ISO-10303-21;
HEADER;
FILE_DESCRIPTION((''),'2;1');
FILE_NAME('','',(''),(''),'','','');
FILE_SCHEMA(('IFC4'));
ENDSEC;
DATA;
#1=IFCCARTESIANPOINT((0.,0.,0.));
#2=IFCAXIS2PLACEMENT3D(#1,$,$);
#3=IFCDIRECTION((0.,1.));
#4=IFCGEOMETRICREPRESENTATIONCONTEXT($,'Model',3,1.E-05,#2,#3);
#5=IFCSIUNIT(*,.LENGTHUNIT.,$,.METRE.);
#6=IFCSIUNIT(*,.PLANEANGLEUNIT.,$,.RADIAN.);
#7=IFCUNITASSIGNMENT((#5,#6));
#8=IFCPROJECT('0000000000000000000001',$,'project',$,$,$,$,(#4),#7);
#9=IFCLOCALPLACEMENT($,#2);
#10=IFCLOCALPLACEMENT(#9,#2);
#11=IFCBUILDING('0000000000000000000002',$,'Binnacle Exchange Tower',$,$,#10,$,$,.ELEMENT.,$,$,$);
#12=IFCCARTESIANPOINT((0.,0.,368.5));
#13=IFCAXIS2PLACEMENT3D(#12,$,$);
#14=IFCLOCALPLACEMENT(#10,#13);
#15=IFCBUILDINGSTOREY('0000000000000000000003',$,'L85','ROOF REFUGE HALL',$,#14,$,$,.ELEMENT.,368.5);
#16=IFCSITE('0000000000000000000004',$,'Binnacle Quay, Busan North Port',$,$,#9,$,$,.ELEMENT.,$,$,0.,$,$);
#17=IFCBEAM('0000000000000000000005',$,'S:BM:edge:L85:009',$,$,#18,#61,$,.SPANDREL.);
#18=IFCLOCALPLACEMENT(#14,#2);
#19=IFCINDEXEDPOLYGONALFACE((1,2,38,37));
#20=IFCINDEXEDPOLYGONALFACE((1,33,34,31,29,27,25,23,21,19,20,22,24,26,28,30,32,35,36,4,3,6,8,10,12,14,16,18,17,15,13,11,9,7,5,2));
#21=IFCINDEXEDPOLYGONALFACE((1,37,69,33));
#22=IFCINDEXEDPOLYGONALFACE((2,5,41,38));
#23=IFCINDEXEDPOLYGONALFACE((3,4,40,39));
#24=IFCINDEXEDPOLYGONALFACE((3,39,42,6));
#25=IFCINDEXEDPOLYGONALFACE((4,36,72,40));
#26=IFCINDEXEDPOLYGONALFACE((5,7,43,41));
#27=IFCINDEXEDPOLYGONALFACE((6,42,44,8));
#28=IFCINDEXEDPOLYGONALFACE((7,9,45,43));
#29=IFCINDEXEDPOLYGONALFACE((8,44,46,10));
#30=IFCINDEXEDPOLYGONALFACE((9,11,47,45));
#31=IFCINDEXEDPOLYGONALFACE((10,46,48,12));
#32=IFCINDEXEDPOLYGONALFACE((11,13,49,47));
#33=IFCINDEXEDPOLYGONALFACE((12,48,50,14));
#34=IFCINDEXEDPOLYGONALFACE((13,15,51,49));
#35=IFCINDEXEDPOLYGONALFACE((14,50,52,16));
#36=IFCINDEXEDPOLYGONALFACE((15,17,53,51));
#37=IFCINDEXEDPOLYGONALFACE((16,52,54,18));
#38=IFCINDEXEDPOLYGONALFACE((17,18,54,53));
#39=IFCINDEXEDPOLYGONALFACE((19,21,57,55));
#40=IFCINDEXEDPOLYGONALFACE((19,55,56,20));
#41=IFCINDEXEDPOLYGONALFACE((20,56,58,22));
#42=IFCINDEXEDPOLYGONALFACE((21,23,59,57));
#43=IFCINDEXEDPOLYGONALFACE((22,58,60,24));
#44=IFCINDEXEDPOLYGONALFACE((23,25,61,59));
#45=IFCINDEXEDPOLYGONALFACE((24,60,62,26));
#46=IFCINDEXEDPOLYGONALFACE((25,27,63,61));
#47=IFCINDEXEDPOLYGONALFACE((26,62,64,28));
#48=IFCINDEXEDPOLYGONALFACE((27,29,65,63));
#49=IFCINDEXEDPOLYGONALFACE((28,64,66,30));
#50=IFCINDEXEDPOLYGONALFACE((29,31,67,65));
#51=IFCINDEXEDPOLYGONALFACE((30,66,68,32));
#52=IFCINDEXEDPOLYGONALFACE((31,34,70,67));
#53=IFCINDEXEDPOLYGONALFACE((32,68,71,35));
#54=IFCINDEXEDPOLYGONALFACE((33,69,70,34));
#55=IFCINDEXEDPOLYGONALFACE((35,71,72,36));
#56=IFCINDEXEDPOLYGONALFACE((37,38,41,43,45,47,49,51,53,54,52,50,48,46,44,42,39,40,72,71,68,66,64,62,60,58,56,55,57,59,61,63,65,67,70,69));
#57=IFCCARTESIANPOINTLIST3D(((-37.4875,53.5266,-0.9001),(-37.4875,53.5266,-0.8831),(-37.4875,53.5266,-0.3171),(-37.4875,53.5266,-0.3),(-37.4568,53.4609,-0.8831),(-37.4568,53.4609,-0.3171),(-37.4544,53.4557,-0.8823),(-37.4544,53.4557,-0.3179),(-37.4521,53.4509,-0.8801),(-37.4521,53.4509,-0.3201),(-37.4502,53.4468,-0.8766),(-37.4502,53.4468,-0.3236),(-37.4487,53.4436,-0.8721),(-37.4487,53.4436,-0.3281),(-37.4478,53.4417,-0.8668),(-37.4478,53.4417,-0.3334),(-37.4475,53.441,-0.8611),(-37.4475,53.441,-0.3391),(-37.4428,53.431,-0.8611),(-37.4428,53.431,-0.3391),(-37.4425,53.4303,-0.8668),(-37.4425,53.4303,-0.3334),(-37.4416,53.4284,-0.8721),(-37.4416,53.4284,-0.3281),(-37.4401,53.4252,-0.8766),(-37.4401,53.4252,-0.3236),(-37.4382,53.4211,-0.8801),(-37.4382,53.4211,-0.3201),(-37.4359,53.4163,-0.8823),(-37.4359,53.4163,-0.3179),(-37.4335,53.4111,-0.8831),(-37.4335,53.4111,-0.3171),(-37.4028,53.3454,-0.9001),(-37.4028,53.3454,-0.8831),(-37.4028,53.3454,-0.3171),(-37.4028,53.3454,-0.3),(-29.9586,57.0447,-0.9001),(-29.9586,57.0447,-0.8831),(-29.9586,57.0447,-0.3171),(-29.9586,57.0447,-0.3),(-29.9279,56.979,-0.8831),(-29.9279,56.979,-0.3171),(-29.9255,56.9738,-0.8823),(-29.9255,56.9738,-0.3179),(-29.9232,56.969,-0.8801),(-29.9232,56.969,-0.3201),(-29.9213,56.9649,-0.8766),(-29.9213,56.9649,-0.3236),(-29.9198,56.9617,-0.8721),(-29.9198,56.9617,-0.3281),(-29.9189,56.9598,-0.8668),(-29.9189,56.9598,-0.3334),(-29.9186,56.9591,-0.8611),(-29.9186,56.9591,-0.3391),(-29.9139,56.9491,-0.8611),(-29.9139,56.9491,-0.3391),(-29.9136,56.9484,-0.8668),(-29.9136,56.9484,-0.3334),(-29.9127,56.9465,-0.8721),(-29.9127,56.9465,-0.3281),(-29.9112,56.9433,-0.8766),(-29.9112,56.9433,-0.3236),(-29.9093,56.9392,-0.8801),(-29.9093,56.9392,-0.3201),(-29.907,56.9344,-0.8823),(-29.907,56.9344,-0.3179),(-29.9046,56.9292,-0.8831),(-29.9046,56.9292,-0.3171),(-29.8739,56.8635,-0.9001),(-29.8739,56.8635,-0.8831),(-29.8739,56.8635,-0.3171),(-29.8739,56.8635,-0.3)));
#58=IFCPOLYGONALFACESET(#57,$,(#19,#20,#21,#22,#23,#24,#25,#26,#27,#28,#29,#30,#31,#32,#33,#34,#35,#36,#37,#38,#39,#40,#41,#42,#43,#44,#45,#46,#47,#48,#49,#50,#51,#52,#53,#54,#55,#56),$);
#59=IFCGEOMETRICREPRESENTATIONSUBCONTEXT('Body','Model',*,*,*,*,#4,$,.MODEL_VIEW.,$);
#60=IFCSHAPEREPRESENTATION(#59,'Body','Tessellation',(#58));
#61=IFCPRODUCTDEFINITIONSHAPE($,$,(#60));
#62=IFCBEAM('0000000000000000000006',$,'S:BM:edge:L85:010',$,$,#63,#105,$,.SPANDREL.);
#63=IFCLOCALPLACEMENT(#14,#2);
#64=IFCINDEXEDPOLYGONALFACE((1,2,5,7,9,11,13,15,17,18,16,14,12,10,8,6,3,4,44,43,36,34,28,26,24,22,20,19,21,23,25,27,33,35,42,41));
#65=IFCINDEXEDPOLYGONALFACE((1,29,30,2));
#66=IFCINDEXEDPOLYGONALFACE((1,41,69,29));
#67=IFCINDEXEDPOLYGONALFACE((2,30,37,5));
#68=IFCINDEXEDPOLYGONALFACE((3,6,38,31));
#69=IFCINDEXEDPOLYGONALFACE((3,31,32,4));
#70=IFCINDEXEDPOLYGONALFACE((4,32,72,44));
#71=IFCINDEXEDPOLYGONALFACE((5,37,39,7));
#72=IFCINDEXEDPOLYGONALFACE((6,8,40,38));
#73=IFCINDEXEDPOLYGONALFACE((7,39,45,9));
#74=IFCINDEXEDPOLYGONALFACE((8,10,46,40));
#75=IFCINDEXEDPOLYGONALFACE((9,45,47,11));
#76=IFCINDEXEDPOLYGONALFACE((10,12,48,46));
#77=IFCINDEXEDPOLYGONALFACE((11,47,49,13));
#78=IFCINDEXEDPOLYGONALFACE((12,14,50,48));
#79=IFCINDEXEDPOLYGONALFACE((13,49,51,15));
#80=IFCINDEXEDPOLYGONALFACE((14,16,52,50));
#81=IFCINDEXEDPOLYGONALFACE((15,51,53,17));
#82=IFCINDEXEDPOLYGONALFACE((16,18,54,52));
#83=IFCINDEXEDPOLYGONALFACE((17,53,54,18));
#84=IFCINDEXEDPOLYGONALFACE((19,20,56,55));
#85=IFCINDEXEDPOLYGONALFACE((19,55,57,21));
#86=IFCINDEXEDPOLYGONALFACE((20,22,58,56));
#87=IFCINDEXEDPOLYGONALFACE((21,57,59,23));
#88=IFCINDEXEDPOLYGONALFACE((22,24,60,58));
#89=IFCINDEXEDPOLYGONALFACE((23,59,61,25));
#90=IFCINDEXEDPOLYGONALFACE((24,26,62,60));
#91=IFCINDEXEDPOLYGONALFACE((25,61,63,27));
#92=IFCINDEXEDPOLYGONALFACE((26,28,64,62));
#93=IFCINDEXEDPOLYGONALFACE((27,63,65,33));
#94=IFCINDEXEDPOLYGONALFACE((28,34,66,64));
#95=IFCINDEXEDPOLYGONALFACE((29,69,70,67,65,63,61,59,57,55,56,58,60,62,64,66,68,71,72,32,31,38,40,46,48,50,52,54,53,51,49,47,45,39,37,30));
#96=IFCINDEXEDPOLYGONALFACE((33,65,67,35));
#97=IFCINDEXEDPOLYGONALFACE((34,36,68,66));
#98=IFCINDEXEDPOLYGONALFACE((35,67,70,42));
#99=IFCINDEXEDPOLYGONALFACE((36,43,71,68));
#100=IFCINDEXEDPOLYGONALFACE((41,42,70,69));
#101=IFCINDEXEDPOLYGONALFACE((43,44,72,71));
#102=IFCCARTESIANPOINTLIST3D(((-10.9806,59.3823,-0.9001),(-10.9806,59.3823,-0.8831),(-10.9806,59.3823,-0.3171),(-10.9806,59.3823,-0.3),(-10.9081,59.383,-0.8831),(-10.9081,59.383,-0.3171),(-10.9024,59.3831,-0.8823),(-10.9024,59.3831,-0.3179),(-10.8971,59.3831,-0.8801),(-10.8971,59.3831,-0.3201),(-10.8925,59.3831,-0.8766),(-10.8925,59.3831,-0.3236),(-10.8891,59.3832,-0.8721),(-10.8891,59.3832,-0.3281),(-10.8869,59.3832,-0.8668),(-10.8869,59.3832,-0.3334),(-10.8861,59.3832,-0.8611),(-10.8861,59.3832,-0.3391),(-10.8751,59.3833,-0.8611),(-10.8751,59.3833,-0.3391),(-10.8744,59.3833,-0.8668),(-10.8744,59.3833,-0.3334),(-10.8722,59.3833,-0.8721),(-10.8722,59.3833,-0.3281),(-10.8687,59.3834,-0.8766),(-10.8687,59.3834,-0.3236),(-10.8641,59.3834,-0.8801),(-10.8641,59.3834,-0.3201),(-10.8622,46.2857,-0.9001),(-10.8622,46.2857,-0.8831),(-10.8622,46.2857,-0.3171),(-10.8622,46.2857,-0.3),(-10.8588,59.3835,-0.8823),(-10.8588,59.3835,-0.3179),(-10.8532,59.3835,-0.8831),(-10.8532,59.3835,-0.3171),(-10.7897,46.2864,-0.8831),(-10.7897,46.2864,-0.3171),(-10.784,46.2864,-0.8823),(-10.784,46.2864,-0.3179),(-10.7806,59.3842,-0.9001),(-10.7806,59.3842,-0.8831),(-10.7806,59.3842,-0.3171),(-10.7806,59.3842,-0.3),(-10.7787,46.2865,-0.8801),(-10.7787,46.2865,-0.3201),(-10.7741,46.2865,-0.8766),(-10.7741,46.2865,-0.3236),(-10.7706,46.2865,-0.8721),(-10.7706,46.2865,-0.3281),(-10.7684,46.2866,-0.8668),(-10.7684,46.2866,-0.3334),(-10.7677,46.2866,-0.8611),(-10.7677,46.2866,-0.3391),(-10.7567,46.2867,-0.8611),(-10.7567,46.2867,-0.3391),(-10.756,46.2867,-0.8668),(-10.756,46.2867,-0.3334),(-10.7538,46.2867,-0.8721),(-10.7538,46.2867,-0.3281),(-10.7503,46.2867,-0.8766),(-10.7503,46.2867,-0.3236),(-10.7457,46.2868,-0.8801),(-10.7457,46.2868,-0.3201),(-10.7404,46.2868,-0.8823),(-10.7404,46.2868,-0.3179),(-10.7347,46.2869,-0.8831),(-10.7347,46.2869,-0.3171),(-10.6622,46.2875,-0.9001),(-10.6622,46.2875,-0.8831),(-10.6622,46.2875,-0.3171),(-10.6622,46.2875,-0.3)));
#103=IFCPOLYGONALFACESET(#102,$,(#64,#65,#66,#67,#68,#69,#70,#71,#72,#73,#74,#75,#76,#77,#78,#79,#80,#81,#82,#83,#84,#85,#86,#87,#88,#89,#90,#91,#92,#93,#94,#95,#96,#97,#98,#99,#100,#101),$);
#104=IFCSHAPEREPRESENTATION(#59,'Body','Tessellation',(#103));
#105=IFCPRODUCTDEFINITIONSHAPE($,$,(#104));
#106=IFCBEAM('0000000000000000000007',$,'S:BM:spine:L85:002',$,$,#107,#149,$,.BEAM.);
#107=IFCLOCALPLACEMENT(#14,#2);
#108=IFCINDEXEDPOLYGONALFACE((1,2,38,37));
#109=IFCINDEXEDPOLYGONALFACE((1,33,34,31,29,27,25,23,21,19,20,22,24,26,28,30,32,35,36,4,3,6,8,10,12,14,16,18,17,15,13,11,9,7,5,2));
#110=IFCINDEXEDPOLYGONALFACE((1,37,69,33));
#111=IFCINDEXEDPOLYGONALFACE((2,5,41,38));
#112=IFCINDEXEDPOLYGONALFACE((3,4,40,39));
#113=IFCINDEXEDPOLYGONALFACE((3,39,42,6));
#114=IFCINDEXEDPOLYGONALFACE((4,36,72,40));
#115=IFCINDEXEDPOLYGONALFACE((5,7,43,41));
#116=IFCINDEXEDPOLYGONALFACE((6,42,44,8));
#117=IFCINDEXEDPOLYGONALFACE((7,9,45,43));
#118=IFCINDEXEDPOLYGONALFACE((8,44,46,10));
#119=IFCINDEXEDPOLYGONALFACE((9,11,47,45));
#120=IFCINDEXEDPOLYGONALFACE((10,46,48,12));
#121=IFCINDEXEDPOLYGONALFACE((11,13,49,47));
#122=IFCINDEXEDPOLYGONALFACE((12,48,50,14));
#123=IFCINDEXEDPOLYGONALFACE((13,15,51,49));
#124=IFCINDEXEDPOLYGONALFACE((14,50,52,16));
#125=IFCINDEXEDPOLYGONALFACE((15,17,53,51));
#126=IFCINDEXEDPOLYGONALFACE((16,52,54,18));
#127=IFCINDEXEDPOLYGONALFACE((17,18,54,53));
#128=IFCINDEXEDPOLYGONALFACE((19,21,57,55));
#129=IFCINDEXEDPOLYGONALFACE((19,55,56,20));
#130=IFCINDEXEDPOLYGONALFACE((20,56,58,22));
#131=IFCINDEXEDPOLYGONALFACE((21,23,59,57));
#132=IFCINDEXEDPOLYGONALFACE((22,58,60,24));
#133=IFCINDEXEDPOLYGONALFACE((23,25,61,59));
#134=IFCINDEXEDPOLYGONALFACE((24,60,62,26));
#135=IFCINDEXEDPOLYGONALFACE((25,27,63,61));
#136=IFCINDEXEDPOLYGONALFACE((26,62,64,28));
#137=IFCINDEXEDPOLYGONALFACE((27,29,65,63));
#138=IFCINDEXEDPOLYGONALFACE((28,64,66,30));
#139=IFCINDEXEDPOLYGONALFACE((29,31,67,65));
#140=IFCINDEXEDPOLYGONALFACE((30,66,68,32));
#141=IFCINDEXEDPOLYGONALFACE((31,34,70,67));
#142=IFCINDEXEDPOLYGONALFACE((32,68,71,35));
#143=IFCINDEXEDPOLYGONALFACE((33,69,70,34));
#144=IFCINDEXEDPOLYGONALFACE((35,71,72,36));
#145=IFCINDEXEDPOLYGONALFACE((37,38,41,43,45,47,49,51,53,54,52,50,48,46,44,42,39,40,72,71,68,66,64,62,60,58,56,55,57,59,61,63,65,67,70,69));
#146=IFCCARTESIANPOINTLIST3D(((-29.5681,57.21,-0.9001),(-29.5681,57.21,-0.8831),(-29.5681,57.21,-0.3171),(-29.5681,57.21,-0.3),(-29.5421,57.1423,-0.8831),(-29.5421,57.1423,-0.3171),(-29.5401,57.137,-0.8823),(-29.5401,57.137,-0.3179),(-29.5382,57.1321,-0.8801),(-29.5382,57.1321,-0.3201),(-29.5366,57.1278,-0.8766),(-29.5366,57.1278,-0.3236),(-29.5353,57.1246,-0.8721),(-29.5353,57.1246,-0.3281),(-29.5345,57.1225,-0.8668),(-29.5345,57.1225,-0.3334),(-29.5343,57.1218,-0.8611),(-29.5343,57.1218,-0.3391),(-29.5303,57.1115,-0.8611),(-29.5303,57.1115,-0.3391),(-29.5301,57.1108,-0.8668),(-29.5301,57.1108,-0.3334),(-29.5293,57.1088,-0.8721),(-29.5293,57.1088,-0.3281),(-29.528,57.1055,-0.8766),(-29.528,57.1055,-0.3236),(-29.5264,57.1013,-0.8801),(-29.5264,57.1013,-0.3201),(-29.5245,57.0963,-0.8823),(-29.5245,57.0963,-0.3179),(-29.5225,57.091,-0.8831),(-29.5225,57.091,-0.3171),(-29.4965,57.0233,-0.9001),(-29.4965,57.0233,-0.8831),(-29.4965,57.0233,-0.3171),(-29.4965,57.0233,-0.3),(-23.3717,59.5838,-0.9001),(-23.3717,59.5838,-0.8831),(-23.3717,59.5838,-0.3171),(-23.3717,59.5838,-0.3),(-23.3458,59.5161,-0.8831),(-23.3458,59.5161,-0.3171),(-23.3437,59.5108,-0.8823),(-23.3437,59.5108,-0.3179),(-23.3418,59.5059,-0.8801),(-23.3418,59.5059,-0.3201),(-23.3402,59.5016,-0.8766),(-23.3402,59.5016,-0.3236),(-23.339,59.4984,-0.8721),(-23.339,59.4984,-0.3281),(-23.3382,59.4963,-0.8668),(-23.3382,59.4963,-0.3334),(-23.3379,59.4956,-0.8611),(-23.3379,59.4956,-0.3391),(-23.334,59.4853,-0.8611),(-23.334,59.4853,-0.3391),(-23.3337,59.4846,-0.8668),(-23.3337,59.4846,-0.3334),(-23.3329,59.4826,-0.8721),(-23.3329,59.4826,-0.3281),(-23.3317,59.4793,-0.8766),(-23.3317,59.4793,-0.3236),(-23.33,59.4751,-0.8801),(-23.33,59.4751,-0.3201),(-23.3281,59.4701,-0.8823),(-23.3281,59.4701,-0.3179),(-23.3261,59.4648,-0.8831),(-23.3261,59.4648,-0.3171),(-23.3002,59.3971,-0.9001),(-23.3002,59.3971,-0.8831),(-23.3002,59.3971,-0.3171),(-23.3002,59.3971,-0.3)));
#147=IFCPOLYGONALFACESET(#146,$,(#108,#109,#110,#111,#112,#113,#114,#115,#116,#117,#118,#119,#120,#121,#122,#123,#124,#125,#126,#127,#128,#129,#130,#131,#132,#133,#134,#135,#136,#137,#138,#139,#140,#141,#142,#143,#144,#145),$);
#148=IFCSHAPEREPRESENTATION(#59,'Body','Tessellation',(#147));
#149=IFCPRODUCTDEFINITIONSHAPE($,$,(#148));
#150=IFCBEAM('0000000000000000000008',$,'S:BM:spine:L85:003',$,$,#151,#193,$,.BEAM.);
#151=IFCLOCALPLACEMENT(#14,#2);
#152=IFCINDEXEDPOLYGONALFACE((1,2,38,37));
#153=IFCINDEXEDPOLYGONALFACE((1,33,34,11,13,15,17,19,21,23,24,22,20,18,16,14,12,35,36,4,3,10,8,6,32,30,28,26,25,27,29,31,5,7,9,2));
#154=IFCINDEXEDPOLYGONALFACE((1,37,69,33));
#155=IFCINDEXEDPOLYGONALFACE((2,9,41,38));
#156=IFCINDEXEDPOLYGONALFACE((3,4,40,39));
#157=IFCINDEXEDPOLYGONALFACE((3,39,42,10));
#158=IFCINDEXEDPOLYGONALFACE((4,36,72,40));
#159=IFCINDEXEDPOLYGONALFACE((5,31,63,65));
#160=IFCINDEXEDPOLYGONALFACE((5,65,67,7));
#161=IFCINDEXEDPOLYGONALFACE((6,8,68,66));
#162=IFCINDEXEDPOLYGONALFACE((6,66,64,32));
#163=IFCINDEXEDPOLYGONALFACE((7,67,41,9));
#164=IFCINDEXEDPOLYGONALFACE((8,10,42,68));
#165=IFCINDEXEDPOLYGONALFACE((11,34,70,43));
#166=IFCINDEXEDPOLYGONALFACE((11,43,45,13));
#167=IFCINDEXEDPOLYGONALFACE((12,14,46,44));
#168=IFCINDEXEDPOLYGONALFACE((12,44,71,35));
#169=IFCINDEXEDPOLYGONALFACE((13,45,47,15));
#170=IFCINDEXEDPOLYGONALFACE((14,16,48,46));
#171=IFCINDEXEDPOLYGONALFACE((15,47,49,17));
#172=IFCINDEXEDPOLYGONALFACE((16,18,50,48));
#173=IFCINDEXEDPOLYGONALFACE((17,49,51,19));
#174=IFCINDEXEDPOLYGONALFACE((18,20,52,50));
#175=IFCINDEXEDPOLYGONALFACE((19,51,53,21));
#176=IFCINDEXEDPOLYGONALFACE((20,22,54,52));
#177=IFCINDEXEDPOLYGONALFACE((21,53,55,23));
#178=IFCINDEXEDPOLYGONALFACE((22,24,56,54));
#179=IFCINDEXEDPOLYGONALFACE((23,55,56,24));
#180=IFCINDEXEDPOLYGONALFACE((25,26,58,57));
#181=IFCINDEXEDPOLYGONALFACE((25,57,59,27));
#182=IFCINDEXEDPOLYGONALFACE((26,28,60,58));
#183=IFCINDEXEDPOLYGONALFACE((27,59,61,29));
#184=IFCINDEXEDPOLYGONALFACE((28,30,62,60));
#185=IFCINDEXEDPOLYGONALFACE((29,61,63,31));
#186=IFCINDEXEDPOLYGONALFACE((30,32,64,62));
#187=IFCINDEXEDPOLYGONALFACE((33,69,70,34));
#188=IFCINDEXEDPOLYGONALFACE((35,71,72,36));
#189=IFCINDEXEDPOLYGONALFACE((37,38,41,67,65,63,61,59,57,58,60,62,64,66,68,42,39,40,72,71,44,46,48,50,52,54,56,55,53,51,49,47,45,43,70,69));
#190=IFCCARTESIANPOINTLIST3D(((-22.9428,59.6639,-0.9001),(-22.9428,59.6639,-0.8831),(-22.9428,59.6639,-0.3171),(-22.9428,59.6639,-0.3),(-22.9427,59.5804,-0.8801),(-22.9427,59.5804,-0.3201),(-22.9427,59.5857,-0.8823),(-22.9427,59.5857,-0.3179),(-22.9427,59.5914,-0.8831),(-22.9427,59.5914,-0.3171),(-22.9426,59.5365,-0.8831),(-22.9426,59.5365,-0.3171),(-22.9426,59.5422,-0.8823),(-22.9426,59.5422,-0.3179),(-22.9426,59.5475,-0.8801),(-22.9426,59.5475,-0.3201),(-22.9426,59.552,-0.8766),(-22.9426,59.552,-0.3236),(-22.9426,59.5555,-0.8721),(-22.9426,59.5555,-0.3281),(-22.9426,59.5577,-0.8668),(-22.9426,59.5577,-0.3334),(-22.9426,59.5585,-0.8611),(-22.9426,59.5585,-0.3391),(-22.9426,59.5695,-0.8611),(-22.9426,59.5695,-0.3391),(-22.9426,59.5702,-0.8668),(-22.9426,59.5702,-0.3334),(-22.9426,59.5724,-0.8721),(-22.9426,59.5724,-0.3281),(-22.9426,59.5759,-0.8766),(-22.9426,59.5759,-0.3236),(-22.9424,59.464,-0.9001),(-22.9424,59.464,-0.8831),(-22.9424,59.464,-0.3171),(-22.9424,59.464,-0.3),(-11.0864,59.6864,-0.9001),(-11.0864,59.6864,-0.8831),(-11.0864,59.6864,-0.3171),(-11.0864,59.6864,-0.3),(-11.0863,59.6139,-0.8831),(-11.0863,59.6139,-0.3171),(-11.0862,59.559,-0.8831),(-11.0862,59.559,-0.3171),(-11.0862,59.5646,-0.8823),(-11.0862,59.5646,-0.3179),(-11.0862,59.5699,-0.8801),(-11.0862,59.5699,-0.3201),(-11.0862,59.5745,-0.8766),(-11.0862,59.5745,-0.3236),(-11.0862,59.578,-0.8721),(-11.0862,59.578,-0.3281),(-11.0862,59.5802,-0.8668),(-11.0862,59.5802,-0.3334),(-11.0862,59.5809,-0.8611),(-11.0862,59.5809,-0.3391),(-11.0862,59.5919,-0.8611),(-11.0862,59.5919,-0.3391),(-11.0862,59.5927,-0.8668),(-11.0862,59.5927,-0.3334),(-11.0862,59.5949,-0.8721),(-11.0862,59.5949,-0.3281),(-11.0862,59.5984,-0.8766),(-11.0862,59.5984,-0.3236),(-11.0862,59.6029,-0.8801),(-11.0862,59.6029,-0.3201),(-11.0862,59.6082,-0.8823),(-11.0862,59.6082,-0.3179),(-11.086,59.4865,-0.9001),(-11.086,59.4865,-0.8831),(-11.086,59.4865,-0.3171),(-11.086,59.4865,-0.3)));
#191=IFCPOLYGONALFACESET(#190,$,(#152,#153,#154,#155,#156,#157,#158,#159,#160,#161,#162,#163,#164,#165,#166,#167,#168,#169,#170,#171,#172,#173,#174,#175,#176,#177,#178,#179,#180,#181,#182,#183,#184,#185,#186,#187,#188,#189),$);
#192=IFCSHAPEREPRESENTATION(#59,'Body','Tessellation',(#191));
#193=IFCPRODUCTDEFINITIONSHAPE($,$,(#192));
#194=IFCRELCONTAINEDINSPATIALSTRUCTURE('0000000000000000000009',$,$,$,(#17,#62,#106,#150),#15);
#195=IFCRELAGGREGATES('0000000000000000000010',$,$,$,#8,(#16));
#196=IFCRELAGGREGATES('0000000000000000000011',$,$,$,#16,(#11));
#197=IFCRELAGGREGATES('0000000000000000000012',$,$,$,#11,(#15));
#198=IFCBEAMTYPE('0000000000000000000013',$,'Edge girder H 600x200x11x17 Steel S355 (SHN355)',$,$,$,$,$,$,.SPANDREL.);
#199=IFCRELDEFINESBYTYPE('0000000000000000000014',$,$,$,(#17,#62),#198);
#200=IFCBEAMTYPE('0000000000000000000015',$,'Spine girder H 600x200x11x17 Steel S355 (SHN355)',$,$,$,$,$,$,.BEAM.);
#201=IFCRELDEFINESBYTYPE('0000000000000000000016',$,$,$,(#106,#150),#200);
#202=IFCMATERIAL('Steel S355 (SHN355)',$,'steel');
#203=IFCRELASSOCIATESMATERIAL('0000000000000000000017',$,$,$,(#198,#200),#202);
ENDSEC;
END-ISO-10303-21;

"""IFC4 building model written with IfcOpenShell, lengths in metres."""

from ifc_helpers import new_model, si_unit, direction, frame, origin, origin_2d, place, context, subcontext, project, spatial, i_section, extrude, material, material_profile, profile_set, type_object, element, save


model = new_model("IFC4")

# Units and contexts
model_context = context("Model", 3, precision=1e-05, world=origin(), true_north=direction((0.0, 1.0)))
body_context = subcontext(model_context, "Body", "Model", "MODEL_VIEW")
ifc_project = project(units=[si_unit("LENGTHUNIT", "METRE"), si_unit("PLANEANGLEUNIT", "RADIAN")], contexts=[model_context])

# Site, building, storey
site_placement = place(None, origin())
site = spatial("IfcSite", under=ifc_project, at=site_placement, Name="Binnacle Quay, Busan North Port", CompositionType="ELEMENT", RefElevation=0.0)
building_placement = place(site_placement, origin())
building = spatial("IfcBuilding", under=site, at=building_placement, Name="Binnacle Exchange Tower", CompositionType="ELEMENT")
storey_placement = place(building_placement, frame((0.0, 0.0, 368.5)))
storey = spatial("IfcBuildingStorey", under=building, at=storey_placement, Name="L85", Description="ROOF REFUGE HALL", CompositionType="ELEMENT", Elevation=368.5)

# Shared definitions
ifc_material_1 = material(Name="Steel S355 (SHN355)", Category="steel")

# Beams
ifc_material_profile_1 = material_profile(ifc_material_1, i_section(OverallWidth=0.2, OverallDepth=0.6001, WebThickness=0.011, FlangeThickness=0.0171, FilletRadius=0.022, at=origin_2d()), Name="H 600x200x11x17")
ifc_profile_set_1 = profile_set([ifc_material_profile_1], Name="Steel S355 (SHN355)")
beam_type_1 = type_object("IfcBeamType", Name="Edge girder H 600x200x11x17 Steel S355 (SHN355)", PredefinedType="SPANDREL", material=ifc_profile_set_1)
beam_1_placement = place(storey_placement, frame((-29.9163, 56.9541, -0.6001), z_axis=(-0.90597, -0.423342, 0.0), x_axis=(0.423342, -0.90597, 0.0)))
element("IfcBeam", 1, at=beam_1_placement, inside=storey, type_object=beam_type_1, Name="S:BM:edge:L85:009", PredefinedType="SPANDREL", context=body_context, shape_type="SweptSolid", body=[
    extrude(i_section(OverallWidth=0.2, OverallDepth=0.6001, WebThickness=0.011, FlangeThickness=0.0171, FilletRadius=0.022, at=origin_2d()), origin(), (0.0, 0.0, 1.0), 8.3103),
])
beam_2_placement = place(storey_placement, frame((-10.7622, 46.2866, -0.6001), z_axis=(-0.009041, 0.999959, 0.0), x_axis=(-0.999959, -0.009041, 0.0)))
element("IfcBeam", 2, at=beam_2_placement, inside=storey, type_object=beam_type_1, Name="S:BM:edge:L85:010", PredefinedType="SPANDREL", context=body_context, shape_type="SweptSolid", body=[
    extrude(i_section(OverallWidth=0.2, OverallDepth=0.6001, WebThickness=0.011, FlangeThickness=0.0171, FilletRadius=0.022, at=origin_2d()), origin(), (0.0, 0.0, 1.0), 13.0972),
])
ifc_material_profile_2 = material_profile(ifc_material_1, i_section(OverallWidth=0.2, OverallDepth=0.6001, WebThickness=0.011, FlangeThickness=0.0171, FilletRadius=0.022, at=origin_2d()), Name="H 600x200x11x17")
ifc_profile_set_2 = profile_set([ifc_material_profile_2], Name="Steel S355 (SHN355)")
beam_type_2 = type_object("IfcBeamType", Name="Spine girder H 600x200x11x17 Steel S355 (SHN355)", PredefinedType="BEAM", material=ifc_profile_set_2)
beam_3_placement = place(storey_placement, frame((-23.3359, 59.4905, -0.6001), z_axis=(-0.93382, -0.357744, 0.0), x_axis=(0.357744, -0.93382, 0.0)))
element("IfcBeam", 3, at=beam_3_placement, inside=storey, type_object=beam_type_2, Name="S:BM:spine:L85:002", PredefinedType="BEAM", context=body_context, shape_type="SweptSolid", body=[
    extrude(i_section(OverallWidth=0.2, OverallDepth=0.6001, WebThickness=0.011, FlangeThickness=0.0171, FilletRadius=0.022, at=origin_2d()), origin(), (0.0, 0.0, 1.0), 6.6355),
])
beam_4_placement = place(storey_placement, frame((-22.9426, 59.564, -0.6001), z_axis=(0.999998, 0.001894, 0.0), x_axis=(-0.001894, 0.999998, 0.0)))
element("IfcBeam", 4, at=beam_4_placement, inside=storey, type_object=beam_type_2, Name="S:BM:spine:L85:003", PredefinedType="BEAM", context=body_context, shape_type="SweptSolid", body=[
    extrude(i_section(OverallWidth=0.2, OverallDepth=0.6001, WebThickness=0.011, FlangeThickness=0.0171, FilletRadius=0.022, at=origin_2d()), origin(), (0.0, 0.0, 1.0), 11.8564),
])

save(model, "model.ifc")
